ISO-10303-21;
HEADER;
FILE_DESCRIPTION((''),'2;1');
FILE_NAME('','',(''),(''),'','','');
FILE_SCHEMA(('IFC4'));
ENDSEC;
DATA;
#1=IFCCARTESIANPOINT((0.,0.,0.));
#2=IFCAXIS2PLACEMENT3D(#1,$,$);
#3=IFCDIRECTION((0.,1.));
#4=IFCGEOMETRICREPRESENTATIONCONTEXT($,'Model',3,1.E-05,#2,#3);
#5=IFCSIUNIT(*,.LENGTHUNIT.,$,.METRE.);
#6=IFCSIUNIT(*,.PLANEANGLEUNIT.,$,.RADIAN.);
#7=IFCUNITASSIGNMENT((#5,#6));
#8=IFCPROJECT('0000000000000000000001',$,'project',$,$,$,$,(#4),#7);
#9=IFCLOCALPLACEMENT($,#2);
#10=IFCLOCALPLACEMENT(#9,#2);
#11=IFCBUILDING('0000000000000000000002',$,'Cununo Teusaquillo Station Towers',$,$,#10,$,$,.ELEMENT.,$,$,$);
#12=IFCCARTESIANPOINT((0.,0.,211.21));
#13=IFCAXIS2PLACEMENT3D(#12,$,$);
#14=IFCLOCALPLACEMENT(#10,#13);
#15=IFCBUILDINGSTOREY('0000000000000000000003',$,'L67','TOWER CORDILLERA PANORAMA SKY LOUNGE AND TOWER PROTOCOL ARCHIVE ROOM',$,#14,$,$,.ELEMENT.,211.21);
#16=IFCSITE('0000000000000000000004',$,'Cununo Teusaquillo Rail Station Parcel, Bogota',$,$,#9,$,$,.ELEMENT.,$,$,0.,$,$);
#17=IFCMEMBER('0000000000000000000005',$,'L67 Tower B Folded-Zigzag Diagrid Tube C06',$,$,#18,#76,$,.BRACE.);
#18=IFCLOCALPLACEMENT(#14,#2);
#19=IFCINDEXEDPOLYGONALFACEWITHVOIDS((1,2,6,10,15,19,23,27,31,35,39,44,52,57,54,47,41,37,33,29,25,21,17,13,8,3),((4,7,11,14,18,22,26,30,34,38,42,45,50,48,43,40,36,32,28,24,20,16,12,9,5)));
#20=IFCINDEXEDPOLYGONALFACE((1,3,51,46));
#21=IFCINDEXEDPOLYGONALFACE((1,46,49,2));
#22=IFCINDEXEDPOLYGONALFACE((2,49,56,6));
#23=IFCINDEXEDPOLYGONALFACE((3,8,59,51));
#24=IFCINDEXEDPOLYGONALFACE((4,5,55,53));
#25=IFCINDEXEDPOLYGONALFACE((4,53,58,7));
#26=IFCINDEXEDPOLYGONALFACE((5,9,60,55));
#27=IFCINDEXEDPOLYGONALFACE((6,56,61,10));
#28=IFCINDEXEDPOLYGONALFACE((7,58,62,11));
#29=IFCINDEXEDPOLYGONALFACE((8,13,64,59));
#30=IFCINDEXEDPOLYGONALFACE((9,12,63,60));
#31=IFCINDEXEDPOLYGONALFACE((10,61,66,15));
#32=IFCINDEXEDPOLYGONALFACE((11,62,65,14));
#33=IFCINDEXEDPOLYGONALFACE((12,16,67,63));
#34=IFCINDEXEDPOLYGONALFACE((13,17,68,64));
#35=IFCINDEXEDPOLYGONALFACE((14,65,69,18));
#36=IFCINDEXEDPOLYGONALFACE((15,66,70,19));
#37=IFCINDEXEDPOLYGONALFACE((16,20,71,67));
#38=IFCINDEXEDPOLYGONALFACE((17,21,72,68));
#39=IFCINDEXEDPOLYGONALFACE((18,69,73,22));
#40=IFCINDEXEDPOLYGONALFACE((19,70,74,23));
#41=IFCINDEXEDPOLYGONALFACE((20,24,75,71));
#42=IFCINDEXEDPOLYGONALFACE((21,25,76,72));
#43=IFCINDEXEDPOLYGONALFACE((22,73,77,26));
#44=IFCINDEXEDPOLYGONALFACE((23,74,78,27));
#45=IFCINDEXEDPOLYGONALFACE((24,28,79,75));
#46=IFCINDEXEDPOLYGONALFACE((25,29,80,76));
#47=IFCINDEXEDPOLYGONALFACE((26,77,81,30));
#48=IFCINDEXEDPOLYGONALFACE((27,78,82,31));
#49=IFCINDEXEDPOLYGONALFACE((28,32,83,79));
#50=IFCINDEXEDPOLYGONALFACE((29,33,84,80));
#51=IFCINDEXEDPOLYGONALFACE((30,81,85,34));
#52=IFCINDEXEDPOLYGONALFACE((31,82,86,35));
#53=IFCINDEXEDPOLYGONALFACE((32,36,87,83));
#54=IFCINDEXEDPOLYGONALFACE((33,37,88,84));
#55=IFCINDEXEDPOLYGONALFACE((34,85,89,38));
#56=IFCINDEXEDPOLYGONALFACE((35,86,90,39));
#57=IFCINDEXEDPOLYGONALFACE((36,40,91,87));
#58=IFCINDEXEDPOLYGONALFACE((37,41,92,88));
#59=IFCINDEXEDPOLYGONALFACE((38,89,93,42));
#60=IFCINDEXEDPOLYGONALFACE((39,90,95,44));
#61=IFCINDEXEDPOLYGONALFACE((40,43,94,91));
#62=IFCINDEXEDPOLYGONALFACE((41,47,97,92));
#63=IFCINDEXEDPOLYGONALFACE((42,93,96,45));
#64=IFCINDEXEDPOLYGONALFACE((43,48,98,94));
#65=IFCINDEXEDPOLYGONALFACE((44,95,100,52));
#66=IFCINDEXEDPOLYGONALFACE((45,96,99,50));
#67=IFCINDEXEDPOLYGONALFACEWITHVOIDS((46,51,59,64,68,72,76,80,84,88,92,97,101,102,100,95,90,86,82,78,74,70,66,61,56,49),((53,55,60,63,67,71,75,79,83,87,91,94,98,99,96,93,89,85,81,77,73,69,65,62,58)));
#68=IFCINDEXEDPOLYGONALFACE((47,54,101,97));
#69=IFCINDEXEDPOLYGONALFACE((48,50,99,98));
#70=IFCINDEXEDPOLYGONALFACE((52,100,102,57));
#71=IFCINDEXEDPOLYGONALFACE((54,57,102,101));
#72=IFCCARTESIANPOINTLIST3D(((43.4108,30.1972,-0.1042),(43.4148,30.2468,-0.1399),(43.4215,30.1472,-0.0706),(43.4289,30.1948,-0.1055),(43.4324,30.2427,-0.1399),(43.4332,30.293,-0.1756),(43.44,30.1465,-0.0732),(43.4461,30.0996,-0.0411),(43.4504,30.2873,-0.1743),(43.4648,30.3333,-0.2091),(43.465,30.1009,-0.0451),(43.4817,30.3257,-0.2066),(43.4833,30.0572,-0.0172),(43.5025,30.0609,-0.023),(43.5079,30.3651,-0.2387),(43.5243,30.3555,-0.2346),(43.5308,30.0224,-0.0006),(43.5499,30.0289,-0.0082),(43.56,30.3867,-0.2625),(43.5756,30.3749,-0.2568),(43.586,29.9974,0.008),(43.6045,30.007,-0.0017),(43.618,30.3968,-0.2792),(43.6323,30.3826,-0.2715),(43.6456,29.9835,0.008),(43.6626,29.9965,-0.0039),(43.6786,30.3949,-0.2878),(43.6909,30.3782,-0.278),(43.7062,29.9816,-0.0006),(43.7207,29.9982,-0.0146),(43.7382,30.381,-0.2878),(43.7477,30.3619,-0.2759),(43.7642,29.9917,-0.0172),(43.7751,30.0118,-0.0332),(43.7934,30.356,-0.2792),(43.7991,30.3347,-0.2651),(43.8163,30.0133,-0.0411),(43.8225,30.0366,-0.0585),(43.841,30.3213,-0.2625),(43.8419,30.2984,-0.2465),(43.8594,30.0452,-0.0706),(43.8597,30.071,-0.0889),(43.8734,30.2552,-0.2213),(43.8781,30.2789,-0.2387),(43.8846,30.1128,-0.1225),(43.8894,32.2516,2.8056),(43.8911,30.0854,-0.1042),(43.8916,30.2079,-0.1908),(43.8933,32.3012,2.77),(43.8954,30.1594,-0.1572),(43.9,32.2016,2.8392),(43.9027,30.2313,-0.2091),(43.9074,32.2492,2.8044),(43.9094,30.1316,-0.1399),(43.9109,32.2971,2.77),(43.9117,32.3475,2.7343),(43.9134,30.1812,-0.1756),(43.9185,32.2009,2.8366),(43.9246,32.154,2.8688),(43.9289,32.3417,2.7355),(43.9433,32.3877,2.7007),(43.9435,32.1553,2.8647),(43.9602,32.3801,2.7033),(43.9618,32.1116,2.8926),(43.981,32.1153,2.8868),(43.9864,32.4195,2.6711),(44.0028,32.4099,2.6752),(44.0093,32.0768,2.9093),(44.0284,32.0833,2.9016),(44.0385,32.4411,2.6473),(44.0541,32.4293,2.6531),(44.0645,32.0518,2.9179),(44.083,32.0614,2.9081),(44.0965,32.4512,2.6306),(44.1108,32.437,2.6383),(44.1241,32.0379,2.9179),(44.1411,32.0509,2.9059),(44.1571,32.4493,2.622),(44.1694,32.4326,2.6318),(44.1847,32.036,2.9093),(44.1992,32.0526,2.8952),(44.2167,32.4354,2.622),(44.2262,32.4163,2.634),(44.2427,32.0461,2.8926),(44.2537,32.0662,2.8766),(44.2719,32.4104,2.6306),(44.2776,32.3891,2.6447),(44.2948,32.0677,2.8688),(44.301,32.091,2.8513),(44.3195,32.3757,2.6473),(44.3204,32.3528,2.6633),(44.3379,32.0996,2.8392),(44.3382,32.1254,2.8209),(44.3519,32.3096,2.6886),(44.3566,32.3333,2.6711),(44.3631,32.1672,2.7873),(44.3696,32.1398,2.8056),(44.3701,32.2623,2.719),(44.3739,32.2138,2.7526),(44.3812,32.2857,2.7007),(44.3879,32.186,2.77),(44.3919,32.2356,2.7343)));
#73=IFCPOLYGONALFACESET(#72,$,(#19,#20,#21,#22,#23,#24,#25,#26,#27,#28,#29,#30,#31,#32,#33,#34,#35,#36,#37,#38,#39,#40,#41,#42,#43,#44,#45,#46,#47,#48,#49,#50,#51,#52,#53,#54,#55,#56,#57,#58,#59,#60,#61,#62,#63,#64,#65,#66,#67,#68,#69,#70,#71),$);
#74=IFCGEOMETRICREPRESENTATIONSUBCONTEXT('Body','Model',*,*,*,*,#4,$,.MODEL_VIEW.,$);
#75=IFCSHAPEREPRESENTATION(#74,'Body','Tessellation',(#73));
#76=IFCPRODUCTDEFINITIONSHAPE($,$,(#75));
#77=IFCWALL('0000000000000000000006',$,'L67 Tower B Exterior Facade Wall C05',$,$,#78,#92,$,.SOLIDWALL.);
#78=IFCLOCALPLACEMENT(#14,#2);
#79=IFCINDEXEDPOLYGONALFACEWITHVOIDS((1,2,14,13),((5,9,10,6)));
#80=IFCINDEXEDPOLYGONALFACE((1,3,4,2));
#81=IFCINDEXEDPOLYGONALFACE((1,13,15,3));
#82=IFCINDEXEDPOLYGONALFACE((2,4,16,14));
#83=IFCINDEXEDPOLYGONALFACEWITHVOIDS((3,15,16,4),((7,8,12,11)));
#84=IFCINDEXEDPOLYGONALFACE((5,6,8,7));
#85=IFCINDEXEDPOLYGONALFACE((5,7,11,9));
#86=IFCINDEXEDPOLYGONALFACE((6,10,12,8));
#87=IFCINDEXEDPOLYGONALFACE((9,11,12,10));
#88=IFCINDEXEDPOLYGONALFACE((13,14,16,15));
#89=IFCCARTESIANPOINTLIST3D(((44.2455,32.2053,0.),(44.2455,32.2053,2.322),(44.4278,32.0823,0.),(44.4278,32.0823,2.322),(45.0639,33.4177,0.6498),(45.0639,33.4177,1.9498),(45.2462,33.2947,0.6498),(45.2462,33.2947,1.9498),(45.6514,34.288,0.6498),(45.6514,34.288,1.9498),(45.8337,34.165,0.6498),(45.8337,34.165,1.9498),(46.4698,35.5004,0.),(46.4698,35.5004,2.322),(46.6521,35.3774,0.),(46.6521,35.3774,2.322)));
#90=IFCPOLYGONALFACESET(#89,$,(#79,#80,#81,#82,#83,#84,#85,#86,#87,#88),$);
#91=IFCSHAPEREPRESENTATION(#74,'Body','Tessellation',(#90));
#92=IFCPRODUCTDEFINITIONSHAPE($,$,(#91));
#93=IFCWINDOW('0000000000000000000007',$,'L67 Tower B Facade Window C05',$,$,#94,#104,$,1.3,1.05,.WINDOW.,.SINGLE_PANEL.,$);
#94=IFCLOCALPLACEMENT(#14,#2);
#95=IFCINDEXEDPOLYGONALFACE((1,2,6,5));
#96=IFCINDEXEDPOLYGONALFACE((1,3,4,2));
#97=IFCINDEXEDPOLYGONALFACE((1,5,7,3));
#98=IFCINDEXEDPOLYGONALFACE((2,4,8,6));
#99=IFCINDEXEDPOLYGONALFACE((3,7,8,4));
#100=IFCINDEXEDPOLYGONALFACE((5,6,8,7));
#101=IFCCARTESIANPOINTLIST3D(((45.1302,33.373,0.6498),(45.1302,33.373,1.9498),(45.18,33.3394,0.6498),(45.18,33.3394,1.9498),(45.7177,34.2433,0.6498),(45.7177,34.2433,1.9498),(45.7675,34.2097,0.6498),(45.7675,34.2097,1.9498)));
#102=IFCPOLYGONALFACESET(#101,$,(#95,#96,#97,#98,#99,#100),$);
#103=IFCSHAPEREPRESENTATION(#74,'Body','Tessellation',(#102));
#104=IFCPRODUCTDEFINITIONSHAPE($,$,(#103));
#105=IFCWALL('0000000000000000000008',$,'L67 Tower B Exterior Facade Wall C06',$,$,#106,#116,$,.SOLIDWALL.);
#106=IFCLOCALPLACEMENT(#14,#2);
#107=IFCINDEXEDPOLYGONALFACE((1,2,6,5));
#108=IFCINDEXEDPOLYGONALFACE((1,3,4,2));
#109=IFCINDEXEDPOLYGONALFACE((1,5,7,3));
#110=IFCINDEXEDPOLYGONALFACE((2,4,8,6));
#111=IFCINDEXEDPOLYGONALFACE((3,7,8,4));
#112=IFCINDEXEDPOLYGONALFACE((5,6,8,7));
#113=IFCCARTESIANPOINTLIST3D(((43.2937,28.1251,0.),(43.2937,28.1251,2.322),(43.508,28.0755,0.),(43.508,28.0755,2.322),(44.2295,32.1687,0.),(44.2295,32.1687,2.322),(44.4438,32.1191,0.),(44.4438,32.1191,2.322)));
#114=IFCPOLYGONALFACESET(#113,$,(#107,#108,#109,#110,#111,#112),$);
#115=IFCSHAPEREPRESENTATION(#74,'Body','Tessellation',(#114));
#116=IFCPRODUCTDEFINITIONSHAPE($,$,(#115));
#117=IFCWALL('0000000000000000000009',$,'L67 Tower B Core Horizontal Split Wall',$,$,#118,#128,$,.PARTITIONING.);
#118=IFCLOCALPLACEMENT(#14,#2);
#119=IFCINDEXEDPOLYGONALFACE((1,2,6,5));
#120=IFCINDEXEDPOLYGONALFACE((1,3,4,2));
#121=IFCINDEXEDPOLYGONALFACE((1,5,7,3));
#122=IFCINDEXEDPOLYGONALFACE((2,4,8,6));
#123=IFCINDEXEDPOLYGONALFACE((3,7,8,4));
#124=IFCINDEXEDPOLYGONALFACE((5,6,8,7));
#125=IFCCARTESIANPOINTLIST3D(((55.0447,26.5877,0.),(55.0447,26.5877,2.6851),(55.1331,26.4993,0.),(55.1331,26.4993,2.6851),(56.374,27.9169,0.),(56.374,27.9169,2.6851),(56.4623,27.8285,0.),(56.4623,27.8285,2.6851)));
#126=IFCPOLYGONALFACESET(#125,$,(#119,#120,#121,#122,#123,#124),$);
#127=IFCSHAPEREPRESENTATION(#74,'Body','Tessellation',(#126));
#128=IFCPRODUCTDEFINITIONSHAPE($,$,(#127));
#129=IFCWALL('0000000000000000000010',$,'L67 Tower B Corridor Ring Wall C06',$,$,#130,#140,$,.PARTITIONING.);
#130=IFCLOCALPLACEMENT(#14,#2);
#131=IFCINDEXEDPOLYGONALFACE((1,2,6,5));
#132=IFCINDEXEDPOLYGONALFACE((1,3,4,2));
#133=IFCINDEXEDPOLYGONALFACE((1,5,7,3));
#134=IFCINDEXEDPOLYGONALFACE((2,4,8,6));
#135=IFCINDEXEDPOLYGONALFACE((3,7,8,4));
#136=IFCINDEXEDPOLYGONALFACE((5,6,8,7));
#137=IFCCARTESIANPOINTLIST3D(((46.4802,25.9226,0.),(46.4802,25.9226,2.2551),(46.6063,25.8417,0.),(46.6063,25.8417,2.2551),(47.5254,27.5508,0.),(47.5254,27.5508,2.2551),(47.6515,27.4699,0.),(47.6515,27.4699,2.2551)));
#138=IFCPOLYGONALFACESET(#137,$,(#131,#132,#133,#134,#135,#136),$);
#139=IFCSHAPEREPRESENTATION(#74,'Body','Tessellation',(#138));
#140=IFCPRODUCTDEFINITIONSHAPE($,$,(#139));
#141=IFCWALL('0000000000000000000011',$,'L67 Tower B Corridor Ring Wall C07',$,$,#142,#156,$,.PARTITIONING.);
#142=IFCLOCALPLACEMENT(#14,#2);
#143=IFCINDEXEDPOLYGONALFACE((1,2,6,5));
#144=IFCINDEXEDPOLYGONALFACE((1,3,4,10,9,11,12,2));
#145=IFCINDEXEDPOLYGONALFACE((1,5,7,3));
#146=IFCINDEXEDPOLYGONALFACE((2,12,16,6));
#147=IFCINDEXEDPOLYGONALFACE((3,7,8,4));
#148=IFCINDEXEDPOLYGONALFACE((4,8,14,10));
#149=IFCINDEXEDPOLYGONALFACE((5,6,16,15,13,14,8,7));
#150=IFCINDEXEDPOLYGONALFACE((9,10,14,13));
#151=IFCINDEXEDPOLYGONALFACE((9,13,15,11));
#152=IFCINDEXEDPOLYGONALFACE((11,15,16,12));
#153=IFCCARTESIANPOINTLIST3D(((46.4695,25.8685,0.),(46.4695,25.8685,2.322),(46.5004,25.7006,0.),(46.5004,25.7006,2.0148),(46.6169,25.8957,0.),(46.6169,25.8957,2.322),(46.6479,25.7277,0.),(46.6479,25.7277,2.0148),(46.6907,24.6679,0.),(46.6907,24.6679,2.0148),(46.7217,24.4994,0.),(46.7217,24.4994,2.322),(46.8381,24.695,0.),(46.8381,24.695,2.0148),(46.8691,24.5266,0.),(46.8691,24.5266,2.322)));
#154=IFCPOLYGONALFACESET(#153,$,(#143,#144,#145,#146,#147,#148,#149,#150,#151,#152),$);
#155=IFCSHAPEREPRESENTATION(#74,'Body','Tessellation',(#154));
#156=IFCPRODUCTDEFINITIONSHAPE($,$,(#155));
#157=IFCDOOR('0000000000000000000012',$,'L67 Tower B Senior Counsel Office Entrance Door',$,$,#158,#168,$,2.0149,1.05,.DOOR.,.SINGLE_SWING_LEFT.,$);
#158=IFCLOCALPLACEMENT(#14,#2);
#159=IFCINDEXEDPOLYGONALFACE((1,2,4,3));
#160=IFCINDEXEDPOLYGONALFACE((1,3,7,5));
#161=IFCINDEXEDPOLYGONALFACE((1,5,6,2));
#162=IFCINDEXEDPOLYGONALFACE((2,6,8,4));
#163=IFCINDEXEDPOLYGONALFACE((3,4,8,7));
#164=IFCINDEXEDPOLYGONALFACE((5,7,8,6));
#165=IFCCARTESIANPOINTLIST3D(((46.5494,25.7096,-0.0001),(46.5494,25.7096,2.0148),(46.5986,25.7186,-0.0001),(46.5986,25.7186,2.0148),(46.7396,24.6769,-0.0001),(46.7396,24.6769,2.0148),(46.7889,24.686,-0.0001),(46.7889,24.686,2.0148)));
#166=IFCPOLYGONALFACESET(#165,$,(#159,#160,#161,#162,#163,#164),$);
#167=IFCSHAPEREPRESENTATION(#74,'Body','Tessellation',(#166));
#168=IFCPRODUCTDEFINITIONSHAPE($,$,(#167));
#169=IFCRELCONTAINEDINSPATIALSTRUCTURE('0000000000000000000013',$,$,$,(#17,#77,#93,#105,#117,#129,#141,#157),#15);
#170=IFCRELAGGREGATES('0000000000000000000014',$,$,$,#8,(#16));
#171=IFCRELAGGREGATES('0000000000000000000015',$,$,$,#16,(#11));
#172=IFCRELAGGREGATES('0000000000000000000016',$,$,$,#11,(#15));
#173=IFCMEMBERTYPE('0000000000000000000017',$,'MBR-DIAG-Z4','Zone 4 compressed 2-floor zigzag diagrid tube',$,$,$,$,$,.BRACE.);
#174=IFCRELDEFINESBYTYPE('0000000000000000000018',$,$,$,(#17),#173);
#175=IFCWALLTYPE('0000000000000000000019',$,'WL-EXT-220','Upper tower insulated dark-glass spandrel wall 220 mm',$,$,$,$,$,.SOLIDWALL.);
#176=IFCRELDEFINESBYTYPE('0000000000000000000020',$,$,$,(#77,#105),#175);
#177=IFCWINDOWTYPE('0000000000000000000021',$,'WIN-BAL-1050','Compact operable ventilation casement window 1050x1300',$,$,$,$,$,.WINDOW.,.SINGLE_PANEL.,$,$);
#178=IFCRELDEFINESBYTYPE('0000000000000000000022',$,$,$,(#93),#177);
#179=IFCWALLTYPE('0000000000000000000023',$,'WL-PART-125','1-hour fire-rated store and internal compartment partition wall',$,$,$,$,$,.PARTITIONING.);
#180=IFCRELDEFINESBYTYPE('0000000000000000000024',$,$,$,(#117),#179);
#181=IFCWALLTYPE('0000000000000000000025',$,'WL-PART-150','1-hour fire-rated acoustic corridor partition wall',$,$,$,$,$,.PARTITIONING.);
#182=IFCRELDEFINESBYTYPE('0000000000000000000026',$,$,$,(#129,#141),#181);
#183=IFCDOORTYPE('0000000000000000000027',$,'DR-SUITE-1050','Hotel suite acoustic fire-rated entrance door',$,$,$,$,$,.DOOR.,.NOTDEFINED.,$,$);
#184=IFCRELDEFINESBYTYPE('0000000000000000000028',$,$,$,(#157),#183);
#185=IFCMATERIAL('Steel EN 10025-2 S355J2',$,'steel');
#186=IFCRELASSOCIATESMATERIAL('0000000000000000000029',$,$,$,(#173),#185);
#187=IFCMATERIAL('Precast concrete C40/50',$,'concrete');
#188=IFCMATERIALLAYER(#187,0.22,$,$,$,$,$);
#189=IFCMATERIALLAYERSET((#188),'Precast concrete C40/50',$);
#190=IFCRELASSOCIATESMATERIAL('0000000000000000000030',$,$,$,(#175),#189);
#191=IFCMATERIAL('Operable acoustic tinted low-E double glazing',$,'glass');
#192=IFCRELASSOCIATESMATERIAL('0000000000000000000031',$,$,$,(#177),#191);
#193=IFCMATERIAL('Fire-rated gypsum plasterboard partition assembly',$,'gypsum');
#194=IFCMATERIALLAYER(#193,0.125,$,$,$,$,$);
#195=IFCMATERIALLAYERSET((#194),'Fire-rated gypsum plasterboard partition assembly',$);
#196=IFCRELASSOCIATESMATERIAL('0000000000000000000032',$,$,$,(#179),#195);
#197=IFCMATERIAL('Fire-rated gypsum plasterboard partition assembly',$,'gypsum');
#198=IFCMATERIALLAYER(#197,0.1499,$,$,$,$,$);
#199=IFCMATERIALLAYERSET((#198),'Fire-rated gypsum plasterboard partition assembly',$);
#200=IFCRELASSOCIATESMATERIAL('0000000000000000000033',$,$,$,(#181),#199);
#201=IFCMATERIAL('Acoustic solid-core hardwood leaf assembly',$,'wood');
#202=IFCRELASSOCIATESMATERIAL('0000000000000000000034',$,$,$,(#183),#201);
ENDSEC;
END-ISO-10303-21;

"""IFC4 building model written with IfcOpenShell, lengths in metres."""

from ifc_helpers import new_model, si_unit, direction, frame, frame_2d, origin, origin_2d, place, context, subcontext, project, spatial, rectangle, hollow_circle, extrude, source, transform, mapped, material, layer, layer_set, material_profile, profile_set, type_object, element, fill, save


model = new_model("IFC4")

# Units and contexts
model_context = context("Model", 3, precision=1e-05, world=origin(), true_north=direction((0.0, 1.0)))
body_context = subcontext(model_context, "Body", "Model", "MODEL_VIEW")
ifc_project = project(units=[si_unit("LENGTHUNIT", "METRE"), si_unit("PLANEANGLEUNIT", "RADIAN")], contexts=[model_context])

# Site, building, storey
site_placement = place(None, origin())
site = spatial("IfcSite", under=ifc_project, at=site_placement, Name="Cununo Teusaquillo Rail Station Parcel, Bogota", CompositionType="ELEMENT", RefElevation=0.0)
building_placement = place(site_placement, origin())
building = spatial("IfcBuilding", under=site, at=building_placement, Name="Cununo Teusaquillo Station Towers", CompositionType="ELEMENT")
storey_placement = place(building_placement, frame((0.0, 0.0, 211.21)))
storey = spatial("IfcBuildingStorey", under=building, at=storey_placement, Name="L67", Description="TOWER CORDILLERA PANORAMA SKY LOUNGE AND TOWER PROTOCOL ARCHIVE ROOM", CompositionType="ELEMENT", Elevation=211.21)

# Member
ifc_material_1 = material(Name="Steel EN 10025-2 S355J2", Category="steel")
ifc_material_profile_1 = material_profile(ifc_material_1, hollow_circle(Radius=0.2539, WallThickness=0.0181, at=origin_2d()), Name="CHS 508x18")
ifc_profile_set_1 = profile_set([ifc_material_profile_1], Name="Steel EN 10025-2 S355J2")
member_type = type_object("IfcMemberType", Name="MBR-DIAG-Z4", Description="Zone 4 compressed 2-floor zigzag diagrid tube", PredefinedType="BRACE", material=ifc_profile_set_1)
member_placement = place(storey_placement, frame((43.6621, 30.1892, -0.1399), z_axis=(0.133141, 0.571621, 0.809644), x_axis=(-0.973931, 0.226845, 0.0)))
element("IfcMember", 1, at=member_placement, inside=storey, type_object=member_type, Name="L67 Tower B Folded-Zigzag Diagrid Tube C06", PredefinedType="BRACE", context=body_context, shape_type="SweptSolid", body=[
    extrude(hollow_circle(Radius=0.2539, WallThickness=0.0181, at=origin_2d()), origin(), (0.0, 0.0, 1.0), 3.594),
])

# Wall, opening, window
ifc_material_2 = material(Name="Precast concrete C40/50", Category="concrete")
ifc_layer_1 = layer(ifc_material_2, 0.22)
ifc_layer_set_1 = layer_set([ifc_layer_1], Name="Precast concrete C40/50")
wall_type_1 = type_object("IfcWallType", Name="WL-EXT-220", Description="Upper tower insulated dark-glass spandrel wall 220 mm", PredefinedType="SOLIDWALL", material=ifc_layer_set_1)
wall_1_placement = place(storey_placement, frame((44.3367, 32.1438, 0.0), z_axis=(0.0, 0.0, 1.0), x_axis=(0.559495, 0.828834, 0.0)))
wall_1 = element("IfcWall", 2, at=wall_1_placement, inside=storey, type_object=wall_type_1, Name="L67 Tower B Exterior Facade Wall C05", PredefinedType="SOLIDWALL", context=body_context, shape_type="SweptSolid", body=[
    extrude(rectangle(XDim=3.9756, YDim=0.22, at=frame_2d((1.9878, 0.0))), origin(), (0.0, 0.0, 1.0), 2.322),
])
shared_shape_1 = source(origin(), body_context, "Body", "SweptSolid", [
    extrude(rectangle(XDim=1.05, YDim=1.3, at=frame_2d((0.5249, 0.6499))), frame((0.0, 0.1199, 0.0), z_axis=(0.0, -1.0, 0.0), x_axis=(1.0, 0.0, 0.0)), (0.0, 0.0, 1.0), 0.24),
])
opening_1_placement = place(wall_1_placement, frame((1.4629, 0.0, 0.6499)))
opening_1 = element("IfcOpeningElement", 3, at=opening_1_placement, cuts=wall_1, PredefinedType="OPENING", context=body_context, shape_type="MappedRepresentation", body=[
    mapped(shared_shape_1, transform((0.0, 0.0, 0.0), x_axis=(1.0, 0.0, 0.0), y_axis=(0.0, 1.0, 0.0), z_axis=(0.0, 0.0, 1.0), scale=1.0)),
])
ifc_material_3 = material(Name="Operable acoustic tinted low-E double glazing", Category="glass")
window_type = type_object("IfcWindowType", Name="WIN-BAL-1050", Description="Compact operable ventilation casement window 1050x1300", PartitioningType="SINGLE_PANEL", PredefinedType="WINDOW", material=ifc_material_3)
shared_shape_2 = source(origin(), body_context, "Body", "SweptSolid", [
    extrude(rectangle(XDim=1.05, YDim=1.3, at=frame_2d((0.5249, 0.6499))), frame((0.0, 0.03, 0.0), z_axis=(0.0, -1.0, 0.0), x_axis=(1.0, 0.0, 0.0)), (0.0, 0.0, 1.0), 0.0601),
])
window_placement = place(opening_1_placement, origin())
window = element("IfcWindow", 4, at=window_placement, inside=storey, type_object=window_type, Name="L67 Tower B Facade Window C05", OverallHeight=1.3, OverallWidth=1.05, PartitioningType="SINGLE_PANEL", PredefinedType="WINDOW", context=body_context, shape_type="MappedRepresentation", body=[
    mapped(shared_shape_2, transform((0.0, 0.0, 0.0), x_axis=(1.0, 0.0, 0.0), y_axis=(0.0, 1.0, 0.0), z_axis=(0.0, 0.0, 1.0), scale=1.0)),
])
fill(opening_1, window)

# Walls
wall_2_placement = place(storey_placement, frame((43.4009, 28.1003, 0.0), z_axis=(0.0, 0.0, 1.0), x_axis=(0.225474, 0.974249, 0.0)))
element("IfcWall", 5, at=wall_2_placement, inside=storey, type_object=wall_type_1, Name="L67 Tower B Exterior Facade Wall C06", PredefinedType="SOLIDWALL", context=body_context, shape_type="SweptSolid", body=[
    extrude(rectangle(XDim=4.1504, YDim=0.22, at=frame_2d((2.0752, 0.0))), origin(), (0.0, 0.0, 1.0), 2.322),
])
ifc_material_4 = material(Name="Fire-rated gypsum plasterboard partition assembly", Category="gypsum")
ifc_layer_2 = layer(ifc_material_4, 0.125)
ifc_layer_set_2 = layer_set([ifc_layer_2], Name="Fire-rated gypsum plasterboard partition assembly")
wall_type_2 = type_object("IfcWallType", Name="WL-PART-125", Description="1-hour fire-rated store and internal compartment partition wall", PredefinedType="PARTITIONING", material=ifc_layer_set_2)
wall_3_placement = place(storey_placement, frame((55.0889, 26.5435, 0.0), z_axis=(0.0, 0.0, 1.0), x_axis=(0.707107, 0.707107, 0.0)))
element("IfcWall", 6, at=wall_3_placement, inside=storey, type_object=wall_type_2, Name="L67 Tower B Core Horizontal Split Wall", PredefinedType="PARTITIONING", context=body_context, shape_type="SweptSolid", body=[
    extrude(rectangle(XDim=1.8799, YDim=0.125, at=frame_2d((0.9399, 0.0))), origin(), (0.0, 0.0, 1.0), 2.6851),
])
ifc_material_5 = material(Name="Fire-rated gypsum plasterboard partition assembly", Category="gypsum")
ifc_layer_3 = layer(ifc_material_5, 0.1499)
ifc_layer_set_3 = layer_set([ifc_layer_3], Name="Fire-rated gypsum plasterboard partition assembly")
wall_type_3 = type_object("IfcWallType", Name="WL-PART-150", Description="1-hour fire-rated acoustic corridor partition wall", PredefinedType="PARTITIONING", material=ifc_layer_set_3)
wall_4_placement = place(storey_placement, frame((47.5884, 27.5103, 0.0), z_axis=(0.0, 0.0, 1.0), x_axis=(-0.540203, -0.841535, 0.0)))
element("IfcWall", 7, at=wall_4_placement, inside=storey, type_object=wall_type_3, Name="L67 Tower B Corridor Ring Wall C06", PredefinedType="PARTITIONING", context=body_context, shape_type="SweptSolid", body=[
    extrude(rectangle(XDim=1.9348, YDim=0.1499, at=frame_2d((0.9673, 0.0))), origin(), (0.0, 0.0, 1.0), 2.2551),
])

# Wall, opening, door
wall_5_placement = place(storey_placement, frame((46.5432, 25.8821, 0.0), z_axis=(0.0, 0.0, 1.0), x_axis=(0.181154, -0.983455, 0.0)))
wall_5 = element("IfcWall", 8, at=wall_5_placement, inside=storey, type_object=wall_type_3, Name="L67 Tower B Corridor Ring Wall C07", PredefinedType="PARTITIONING", context=body_context, shape_type="SweptSolid", body=[
    extrude(rectangle(XDim=1.3921, YDim=0.1499, at=frame_2d((0.696, 0.0))), origin(), (0.0, 0.0, 1.0), 2.322),
])
shared_shape_3 = source(origin(), body_context, "Body", "SweptSolid", [
    extrude(rectangle(XDim=1.05, YDim=2.0149, at=frame_2d((0.5249, 1.0073))), frame((0.0, 0.085, 0.0), z_axis=(0.0, -1.0, 0.0), x_axis=(1.0, 0.0, 0.0)), (0.0, 0.0, 1.0), 0.1699),
])
opening_2_placement = place(wall_5_placement, frame((0.1709, 0.0, 0.0)))
opening_2 = element("IfcOpeningElement", 9, at=opening_2_placement, cuts=wall_5, PredefinedType="OPENING", context=body_context, shape_type="MappedRepresentation", body=[
    mapped(shared_shape_3, transform((0.0, 0.0, 0.0), x_axis=(1.0, 0.0, 0.0), y_axis=(0.0, 1.0, 0.0), z_axis=(0.0, 0.0, 1.0), scale=1.0)),
])
ifc_material_6 = material(Name="Acoustic solid-core hardwood leaf assembly", Category="wood")
door_type_1 = type_object("IfcDoorType", Name="DR-SUITE-1050", Description="Hotel suite acoustic fire-rated entrance door", OperationType="NOTDEFINED", PredefinedType="DOOR", material=ifc_material_6)
shared_shape_4 = source(origin(), body_context, "Body", "SweptSolid", [
    extrude(rectangle(XDim=1.05, YDim=2.0149, at=frame_2d((0.5249, 1.0073))), frame((0.0, 0.0249, 0.0), z_axis=(0.0, -1.0, 0.0), x_axis=(1.0, 0.0, 0.0)), (0.0, 0.0, 1.0), 0.05),
])
door_1_placement = place(opening_2_placement, origin())
door_1 = element("IfcDoor", 10, at=door_1_placement, inside=storey, type_object=door_type_1, Name="L67 Tower B Senior Counsel Office Entrance Door", OperationType="SINGLE_SWING_LEFT", OverallHeight=2.0149, OverallWidth=1.05, PredefinedType="DOOR", context=body_context, shape_type="MappedRepresentation", body=[
    mapped(shared_shape_4, transform((0.0, 0.0, 0.0), x_axis=(1.0, 0.0, 0.0), y_axis=(0.0, 1.0, 0.0), z_axis=(0.0, 0.0, 1.0), scale=1.0)),
])
fill(opening_2, door_1)

save(model, "model.ifc")
